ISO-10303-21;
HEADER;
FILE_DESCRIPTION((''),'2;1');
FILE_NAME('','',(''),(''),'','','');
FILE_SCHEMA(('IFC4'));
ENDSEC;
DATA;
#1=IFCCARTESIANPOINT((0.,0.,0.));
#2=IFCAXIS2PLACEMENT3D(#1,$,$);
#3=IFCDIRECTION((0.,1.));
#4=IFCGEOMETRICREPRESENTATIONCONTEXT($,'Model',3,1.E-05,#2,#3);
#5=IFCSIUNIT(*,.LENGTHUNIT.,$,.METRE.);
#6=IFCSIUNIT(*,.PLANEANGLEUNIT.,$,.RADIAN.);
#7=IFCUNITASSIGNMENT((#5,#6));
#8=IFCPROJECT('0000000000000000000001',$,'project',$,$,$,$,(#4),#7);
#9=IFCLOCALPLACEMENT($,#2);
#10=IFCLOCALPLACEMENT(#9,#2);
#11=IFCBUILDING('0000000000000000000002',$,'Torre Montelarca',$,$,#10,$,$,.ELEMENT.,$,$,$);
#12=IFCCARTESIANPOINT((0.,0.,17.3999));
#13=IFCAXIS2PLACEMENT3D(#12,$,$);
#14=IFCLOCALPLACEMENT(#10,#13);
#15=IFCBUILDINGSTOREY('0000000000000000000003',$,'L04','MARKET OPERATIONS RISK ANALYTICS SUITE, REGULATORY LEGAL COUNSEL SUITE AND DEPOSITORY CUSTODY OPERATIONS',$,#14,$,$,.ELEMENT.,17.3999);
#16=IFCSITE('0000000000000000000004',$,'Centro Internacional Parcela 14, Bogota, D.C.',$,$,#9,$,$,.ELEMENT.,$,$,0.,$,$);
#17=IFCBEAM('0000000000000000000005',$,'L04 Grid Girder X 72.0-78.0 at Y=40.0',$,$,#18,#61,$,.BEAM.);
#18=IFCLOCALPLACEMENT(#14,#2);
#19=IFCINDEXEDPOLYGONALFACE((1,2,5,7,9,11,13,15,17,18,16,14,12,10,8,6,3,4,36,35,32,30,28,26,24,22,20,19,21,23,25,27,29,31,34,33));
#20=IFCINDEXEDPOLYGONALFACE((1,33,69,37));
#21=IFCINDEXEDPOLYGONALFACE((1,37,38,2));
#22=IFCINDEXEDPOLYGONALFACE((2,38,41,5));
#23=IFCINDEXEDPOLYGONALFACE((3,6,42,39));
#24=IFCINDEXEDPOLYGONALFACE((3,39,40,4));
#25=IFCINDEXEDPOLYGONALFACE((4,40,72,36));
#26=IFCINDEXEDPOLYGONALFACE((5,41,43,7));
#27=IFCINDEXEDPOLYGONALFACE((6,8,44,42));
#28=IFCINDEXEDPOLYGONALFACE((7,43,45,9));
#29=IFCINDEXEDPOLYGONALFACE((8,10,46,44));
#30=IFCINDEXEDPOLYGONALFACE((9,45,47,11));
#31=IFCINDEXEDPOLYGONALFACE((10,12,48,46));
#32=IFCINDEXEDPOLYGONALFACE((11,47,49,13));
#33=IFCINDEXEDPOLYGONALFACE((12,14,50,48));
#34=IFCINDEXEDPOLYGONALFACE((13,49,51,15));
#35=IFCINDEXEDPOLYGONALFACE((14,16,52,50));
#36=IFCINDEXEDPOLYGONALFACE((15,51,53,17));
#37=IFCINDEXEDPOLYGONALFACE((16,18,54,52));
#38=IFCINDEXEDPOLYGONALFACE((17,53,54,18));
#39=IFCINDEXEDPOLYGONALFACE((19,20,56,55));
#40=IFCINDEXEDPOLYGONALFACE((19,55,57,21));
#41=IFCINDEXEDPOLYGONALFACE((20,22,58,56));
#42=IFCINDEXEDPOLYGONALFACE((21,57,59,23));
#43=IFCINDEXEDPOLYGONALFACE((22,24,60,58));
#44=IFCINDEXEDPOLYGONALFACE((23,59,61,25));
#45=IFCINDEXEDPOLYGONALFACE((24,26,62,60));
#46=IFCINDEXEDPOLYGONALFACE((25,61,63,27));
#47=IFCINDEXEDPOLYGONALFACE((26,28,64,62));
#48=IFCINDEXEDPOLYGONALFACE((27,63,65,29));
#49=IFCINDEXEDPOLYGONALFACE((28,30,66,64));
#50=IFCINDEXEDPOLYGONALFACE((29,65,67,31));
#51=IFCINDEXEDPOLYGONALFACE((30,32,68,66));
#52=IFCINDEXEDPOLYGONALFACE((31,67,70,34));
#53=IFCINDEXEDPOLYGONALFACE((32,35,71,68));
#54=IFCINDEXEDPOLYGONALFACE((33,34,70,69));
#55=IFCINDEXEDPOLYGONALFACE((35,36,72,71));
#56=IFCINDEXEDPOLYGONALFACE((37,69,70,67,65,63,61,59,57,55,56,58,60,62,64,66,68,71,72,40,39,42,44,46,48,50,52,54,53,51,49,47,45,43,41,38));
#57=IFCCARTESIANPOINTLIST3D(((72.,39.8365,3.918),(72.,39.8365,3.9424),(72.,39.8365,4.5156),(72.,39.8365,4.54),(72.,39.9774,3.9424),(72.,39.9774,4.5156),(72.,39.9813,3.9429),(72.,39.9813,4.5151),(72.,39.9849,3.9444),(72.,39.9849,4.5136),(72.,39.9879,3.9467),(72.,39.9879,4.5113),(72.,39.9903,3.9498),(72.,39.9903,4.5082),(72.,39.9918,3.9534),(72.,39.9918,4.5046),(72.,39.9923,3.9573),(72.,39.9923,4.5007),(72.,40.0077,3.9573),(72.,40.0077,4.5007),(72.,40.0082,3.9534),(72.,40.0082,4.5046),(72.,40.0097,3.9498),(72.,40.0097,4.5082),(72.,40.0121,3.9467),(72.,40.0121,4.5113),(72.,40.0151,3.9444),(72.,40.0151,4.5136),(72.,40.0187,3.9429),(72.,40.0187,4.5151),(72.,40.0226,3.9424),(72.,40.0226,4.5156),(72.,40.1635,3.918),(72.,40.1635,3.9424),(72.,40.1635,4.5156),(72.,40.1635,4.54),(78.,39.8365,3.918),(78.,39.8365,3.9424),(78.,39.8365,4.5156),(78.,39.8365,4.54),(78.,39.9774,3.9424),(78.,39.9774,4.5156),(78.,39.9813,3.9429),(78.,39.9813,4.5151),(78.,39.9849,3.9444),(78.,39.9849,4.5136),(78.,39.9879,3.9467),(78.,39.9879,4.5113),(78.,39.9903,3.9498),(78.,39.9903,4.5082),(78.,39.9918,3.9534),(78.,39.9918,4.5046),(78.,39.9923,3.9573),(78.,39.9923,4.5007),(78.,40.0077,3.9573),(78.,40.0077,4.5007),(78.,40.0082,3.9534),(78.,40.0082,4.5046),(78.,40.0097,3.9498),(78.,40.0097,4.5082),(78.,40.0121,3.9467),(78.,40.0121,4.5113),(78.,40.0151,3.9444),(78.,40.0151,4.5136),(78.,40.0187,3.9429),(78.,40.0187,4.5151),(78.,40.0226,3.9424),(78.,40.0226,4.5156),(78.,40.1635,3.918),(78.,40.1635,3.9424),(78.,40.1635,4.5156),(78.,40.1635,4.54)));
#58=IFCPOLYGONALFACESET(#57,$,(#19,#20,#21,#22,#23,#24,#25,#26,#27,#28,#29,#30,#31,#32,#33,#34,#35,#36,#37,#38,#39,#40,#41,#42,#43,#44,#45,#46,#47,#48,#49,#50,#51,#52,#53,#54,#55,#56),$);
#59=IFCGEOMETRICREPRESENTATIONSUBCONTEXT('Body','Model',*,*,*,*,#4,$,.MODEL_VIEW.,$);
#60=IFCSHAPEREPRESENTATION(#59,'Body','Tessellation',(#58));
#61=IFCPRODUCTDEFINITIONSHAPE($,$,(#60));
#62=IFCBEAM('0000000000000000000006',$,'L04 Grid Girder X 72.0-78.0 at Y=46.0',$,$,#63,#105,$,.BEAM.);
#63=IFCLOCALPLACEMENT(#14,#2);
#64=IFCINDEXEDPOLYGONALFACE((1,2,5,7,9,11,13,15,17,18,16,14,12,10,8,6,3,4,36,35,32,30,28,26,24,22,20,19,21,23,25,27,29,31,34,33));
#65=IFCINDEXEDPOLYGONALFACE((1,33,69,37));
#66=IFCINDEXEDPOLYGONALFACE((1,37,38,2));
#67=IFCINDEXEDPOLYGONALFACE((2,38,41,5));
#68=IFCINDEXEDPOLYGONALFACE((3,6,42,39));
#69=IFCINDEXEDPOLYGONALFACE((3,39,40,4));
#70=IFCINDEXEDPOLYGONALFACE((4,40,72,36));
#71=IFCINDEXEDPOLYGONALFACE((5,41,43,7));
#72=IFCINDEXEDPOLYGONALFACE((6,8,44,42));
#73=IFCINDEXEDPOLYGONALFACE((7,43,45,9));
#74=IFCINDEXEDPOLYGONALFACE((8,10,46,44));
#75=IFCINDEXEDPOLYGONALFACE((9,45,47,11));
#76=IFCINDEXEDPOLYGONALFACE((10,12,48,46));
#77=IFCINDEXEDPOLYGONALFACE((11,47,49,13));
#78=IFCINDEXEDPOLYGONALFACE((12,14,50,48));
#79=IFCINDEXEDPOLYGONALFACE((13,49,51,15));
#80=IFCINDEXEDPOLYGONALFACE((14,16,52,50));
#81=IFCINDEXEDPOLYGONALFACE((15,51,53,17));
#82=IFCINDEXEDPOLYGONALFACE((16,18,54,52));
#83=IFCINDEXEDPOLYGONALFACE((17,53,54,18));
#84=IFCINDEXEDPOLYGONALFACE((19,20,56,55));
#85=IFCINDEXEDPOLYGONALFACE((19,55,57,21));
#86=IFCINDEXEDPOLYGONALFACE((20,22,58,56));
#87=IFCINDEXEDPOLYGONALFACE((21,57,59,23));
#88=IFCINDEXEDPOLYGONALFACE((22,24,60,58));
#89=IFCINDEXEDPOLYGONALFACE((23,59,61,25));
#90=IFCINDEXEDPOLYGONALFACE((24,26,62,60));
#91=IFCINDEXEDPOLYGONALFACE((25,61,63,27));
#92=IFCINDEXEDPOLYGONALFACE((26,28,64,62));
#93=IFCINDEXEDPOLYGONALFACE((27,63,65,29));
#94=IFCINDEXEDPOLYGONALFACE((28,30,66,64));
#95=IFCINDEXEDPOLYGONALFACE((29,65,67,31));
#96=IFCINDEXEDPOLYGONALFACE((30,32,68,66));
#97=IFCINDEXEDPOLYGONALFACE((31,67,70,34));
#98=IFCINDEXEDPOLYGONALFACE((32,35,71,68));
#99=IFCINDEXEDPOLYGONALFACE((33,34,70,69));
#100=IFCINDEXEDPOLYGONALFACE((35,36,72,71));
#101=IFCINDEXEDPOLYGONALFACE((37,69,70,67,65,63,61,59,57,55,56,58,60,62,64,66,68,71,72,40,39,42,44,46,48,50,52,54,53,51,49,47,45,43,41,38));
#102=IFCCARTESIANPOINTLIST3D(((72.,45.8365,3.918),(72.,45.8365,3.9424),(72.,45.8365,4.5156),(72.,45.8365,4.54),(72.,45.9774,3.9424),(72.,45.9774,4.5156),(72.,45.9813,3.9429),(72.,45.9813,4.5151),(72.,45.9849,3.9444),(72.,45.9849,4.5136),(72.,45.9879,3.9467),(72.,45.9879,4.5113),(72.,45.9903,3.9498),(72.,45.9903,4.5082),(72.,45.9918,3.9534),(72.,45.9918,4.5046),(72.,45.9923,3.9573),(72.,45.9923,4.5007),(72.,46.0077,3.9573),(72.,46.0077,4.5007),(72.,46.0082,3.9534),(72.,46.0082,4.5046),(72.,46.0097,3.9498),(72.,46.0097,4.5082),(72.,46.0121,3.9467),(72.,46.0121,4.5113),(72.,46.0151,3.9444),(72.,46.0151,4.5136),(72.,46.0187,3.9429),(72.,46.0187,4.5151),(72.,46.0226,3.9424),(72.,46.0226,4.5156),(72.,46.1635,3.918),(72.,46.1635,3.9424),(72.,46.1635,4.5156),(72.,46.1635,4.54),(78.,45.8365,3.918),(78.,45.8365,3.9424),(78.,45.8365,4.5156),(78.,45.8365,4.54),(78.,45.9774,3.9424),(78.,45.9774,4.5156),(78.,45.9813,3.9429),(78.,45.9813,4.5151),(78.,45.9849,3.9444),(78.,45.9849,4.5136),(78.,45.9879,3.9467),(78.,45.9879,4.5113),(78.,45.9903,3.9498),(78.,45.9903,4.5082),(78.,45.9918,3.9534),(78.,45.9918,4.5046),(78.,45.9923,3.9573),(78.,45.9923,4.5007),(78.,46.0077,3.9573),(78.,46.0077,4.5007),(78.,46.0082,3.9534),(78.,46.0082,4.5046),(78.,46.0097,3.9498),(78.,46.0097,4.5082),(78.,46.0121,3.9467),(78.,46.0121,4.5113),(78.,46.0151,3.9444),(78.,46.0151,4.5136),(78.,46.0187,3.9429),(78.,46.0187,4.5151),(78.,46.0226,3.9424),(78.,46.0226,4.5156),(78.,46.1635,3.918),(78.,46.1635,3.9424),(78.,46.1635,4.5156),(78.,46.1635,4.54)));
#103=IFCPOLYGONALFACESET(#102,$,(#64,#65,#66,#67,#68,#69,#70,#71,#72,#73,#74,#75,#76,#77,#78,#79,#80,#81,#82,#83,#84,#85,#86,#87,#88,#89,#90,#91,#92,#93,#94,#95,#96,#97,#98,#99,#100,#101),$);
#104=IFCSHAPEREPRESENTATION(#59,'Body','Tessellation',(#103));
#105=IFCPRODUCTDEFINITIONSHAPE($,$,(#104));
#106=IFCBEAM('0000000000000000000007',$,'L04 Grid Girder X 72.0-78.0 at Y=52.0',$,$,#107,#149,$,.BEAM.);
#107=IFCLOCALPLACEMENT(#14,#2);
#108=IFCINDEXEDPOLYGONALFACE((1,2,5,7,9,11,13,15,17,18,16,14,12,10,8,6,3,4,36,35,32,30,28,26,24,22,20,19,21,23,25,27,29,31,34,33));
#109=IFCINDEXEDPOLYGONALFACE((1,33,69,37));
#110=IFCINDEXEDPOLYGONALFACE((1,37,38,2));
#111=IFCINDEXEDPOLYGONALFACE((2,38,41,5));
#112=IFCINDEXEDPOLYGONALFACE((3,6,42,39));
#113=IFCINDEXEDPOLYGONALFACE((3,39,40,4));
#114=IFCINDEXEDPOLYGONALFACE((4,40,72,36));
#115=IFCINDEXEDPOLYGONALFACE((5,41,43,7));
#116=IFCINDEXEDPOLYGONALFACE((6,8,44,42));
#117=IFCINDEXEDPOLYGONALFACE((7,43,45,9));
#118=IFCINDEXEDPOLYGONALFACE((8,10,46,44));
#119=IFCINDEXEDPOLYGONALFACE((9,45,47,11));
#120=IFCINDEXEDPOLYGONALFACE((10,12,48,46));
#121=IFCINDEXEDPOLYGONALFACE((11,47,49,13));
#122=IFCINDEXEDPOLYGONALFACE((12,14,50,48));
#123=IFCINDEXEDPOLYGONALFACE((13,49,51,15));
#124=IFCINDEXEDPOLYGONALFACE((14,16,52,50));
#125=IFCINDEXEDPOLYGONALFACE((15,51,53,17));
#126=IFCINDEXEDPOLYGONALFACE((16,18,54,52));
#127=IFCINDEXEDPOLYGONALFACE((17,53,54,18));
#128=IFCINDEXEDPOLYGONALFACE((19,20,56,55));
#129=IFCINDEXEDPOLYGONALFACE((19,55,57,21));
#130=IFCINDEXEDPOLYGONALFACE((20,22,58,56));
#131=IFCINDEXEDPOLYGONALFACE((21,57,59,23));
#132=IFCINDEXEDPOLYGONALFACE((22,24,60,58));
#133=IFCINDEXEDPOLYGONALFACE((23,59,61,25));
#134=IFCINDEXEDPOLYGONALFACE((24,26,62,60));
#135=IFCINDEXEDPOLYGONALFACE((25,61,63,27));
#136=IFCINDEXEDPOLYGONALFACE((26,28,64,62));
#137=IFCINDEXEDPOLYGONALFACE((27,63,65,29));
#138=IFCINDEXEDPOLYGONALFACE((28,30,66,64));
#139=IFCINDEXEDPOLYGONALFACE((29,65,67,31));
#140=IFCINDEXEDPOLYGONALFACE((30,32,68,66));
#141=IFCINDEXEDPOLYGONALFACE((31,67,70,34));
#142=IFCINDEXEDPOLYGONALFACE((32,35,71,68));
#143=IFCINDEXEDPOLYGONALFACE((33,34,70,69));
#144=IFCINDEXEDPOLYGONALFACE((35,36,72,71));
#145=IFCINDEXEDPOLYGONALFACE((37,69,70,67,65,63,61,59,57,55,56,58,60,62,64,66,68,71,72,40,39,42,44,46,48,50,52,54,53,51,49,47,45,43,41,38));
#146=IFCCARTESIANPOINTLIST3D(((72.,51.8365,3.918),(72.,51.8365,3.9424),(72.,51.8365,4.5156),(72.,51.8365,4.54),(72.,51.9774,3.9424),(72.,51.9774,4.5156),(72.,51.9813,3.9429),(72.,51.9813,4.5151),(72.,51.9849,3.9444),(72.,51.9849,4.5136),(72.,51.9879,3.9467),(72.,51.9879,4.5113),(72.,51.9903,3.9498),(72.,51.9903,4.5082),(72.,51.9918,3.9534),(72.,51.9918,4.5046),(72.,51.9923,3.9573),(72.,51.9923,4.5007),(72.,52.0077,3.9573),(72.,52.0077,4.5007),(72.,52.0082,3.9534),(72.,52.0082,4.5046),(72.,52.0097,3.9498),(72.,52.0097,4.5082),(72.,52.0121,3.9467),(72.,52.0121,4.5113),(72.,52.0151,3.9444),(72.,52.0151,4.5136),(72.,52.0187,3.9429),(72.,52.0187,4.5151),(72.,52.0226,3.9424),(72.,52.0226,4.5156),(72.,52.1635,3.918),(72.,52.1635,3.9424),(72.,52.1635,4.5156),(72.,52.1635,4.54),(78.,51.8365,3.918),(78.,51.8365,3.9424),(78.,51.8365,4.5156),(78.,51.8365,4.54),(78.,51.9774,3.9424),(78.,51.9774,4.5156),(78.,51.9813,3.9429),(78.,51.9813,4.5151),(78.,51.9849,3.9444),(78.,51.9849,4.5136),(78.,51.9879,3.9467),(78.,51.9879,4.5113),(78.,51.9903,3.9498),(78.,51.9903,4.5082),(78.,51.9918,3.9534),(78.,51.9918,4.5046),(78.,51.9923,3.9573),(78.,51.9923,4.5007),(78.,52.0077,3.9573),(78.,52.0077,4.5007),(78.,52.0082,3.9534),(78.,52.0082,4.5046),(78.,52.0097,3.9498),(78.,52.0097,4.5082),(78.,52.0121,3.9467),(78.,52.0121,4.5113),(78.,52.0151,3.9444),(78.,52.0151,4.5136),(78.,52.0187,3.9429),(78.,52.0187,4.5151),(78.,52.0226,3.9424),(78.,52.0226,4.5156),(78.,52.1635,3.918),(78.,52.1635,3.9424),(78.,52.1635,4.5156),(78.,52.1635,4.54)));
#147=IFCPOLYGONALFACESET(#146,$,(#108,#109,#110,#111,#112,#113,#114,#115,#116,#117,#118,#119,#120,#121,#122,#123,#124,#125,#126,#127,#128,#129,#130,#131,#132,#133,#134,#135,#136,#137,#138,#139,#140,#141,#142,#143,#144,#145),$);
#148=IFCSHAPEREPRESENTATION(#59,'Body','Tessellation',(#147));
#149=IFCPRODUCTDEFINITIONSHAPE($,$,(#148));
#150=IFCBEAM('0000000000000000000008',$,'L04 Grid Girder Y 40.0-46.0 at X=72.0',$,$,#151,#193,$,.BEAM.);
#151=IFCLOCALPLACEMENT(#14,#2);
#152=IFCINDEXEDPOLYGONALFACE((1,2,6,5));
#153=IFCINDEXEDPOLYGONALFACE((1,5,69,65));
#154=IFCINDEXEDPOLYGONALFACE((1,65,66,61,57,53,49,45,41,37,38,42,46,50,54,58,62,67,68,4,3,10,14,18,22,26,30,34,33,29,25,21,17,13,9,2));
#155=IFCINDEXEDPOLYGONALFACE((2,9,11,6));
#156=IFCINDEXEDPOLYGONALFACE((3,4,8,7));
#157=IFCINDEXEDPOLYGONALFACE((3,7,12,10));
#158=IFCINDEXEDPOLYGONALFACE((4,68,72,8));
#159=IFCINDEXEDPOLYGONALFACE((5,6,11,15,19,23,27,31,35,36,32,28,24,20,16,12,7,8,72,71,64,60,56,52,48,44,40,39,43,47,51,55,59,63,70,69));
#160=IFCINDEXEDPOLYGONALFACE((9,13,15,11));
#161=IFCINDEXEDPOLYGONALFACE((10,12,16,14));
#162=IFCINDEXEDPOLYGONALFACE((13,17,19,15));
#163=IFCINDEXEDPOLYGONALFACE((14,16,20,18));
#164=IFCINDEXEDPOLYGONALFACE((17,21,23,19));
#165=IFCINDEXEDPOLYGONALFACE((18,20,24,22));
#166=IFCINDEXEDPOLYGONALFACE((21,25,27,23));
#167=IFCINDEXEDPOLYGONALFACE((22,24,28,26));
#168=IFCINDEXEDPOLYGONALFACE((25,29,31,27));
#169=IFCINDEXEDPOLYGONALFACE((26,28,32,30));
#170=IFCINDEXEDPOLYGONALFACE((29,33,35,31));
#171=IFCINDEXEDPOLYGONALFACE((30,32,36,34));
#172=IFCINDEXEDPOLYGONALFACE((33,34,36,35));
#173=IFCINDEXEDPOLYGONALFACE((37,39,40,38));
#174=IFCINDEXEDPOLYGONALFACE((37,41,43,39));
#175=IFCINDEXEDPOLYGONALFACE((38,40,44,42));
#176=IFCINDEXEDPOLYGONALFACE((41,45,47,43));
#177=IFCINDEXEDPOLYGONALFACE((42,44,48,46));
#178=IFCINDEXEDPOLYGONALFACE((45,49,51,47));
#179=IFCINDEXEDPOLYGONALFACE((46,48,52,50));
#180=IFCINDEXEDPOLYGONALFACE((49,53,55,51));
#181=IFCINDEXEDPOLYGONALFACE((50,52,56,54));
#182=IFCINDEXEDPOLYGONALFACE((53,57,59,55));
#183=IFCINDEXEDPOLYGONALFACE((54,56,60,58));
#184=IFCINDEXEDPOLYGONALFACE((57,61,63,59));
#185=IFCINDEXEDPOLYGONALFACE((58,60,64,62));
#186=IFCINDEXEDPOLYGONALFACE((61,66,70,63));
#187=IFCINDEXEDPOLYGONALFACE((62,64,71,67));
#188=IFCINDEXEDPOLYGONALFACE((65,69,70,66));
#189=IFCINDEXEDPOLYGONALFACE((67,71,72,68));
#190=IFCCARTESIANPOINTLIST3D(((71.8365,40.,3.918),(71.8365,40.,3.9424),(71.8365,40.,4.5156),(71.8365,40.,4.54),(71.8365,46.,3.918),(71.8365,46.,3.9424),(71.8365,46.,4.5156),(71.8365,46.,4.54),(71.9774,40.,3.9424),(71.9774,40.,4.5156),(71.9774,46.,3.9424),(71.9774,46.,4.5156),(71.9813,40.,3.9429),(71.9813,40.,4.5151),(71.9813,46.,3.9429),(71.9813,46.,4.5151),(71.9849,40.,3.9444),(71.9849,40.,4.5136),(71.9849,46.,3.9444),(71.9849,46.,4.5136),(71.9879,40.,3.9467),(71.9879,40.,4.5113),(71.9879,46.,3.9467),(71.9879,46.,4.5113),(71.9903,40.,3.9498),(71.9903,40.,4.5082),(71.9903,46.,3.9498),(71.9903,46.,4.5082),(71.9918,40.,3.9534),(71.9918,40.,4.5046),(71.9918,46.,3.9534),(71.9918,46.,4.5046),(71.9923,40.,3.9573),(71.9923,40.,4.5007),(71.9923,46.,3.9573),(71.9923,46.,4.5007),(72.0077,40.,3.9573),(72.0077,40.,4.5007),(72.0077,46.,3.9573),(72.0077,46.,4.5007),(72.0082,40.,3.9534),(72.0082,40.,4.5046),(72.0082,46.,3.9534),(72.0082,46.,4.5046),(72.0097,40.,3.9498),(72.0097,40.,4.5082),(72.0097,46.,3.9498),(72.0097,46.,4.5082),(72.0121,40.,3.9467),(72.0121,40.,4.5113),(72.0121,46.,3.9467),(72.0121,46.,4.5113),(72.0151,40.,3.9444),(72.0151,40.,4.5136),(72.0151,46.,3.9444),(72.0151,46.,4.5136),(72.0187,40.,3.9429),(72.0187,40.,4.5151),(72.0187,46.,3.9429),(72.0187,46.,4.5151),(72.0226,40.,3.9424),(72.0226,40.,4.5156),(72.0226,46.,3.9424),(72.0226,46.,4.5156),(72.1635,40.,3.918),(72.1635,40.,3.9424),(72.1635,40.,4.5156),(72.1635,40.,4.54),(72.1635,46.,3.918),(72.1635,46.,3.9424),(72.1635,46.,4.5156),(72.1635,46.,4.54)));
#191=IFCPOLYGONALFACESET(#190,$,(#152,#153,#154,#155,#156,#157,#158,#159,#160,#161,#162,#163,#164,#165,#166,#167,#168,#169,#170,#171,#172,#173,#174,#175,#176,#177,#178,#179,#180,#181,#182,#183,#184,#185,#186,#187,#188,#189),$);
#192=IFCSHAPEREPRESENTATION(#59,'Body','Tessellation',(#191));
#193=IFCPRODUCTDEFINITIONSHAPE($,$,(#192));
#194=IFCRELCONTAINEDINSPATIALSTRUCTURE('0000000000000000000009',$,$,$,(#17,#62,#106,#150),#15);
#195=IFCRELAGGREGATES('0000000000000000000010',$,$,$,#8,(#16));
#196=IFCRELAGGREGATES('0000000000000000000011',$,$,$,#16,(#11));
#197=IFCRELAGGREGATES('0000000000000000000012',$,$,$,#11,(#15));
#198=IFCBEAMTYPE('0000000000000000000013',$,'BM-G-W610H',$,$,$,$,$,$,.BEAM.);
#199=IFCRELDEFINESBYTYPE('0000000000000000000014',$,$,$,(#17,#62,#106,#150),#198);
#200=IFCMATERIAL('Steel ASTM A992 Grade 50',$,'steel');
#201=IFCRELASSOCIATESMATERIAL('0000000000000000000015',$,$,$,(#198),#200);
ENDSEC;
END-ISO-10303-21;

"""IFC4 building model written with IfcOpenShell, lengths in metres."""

from ifc_helpers import new_model, si_unit, direction, frame, origin, origin_2d, place, context, subcontext, project, spatial, i_section, extrude, source, transform, mapped, material, material_profile, profile_set, type_object, element, save


model = new_model("IFC4")

# Units and contexts
model_context = context("Model", 3, precision=1e-05, world=origin(), true_north=direction((0.0, 1.0)))
body_context = subcontext(model_context, "Body", "Model", "MODEL_VIEW")
ifc_project = project(units=[si_unit("LENGTHUNIT", "METRE"), si_unit("PLANEANGLEUNIT", "RADIAN")], contexts=[model_context])

# Site, building, storey
site_placement = place(None, origin())
site = spatial("IfcSite", under=ifc_project, at=site_placement, Name="Centro Internacional Parcela 14, Bogota, D.C.", CompositionType="ELEMENT", RefElevation=0.0)
building_placement = place(site_placement, origin())
building = spatial("IfcBuilding", under=site, at=building_placement, Name="Torre Montelarca", CompositionType="ELEMENT")
storey_placement = place(building_placement, frame((0.0, 0.0, 17.3999)))
storey = spatial("IfcBuildingStorey", under=building, at=storey_placement, Name="L04", Description="MARKET OPERATIONS RISK ANALYTICS SUITE, REGULATORY LEGAL COUNSEL SUITE AND DEPOSITORY CUSTODY OPERATIONS", CompositionType="ELEMENT", Elevation=17.3999)

# Shared definitions
ifc_material_1 = material(Name="Steel ASTM A992 Grade 50", Category="steel")

# Beams
ifc_material_profile_1 = material_profile(ifc_material_1, i_section(OverallWidth=0.3269, OverallDepth=0.6221, WebThickness=0.0154, FlangeThickness=0.0244, FilletRadius=0.0149, at=origin_2d()), Name="W610X195", Category="steel")
ifc_profile_set_1 = profile_set([ifc_material_profile_1], Name="Steel ASTM A992 Grade 50")
beam_type_1 = type_object("IfcBeamType", Name="BM-G-W610H", PredefinedType="BEAM", material=ifc_profile_set_1)
shared_shape_1 = source(origin(), body_context, "Body", "SweptSolid", [
    extrude(i_section(OverallWidth=0.3269, OverallDepth=0.6221, WebThickness=0.0154, FlangeThickness=0.0244, FilletRadius=0.0149, at=origin_2d()), origin(), (0.0, 0.0, 1.0), 6.0),
])
for number, where, z_axis, x_axis, name in (
    (1, (72.0, 40.0, 4.229), (1.0, 0.0, 0.0), (0.0, 1.0, 0.0), "L04 Grid Girder X 72.0-78.0 at Y=40.0"),
    (2, (72.0, 46.0, 4.229), (1.0, 0.0, 0.0), (0.0, 1.0, 0.0), "L04 Grid Girder X 72.0-78.0 at Y=46.0"),
    (3, (72.0, 52.0, 4.229), (1.0, 0.0, 0.0), (0.0, 1.0, 0.0), "L04 Grid Girder X 72.0-78.0 at Y=52.0"),
    (4, (72.0, 40.0, 4.229), (0.0, 1.0, 0.0), (-1.0, 0.0, 0.0), "L04 Grid Girder Y 40.0-46.0 at X=72.0"),
):
    element("IfcBeam", number, at=place(storey_placement, frame(where, z_axis=z_axis, x_axis=x_axis)), inside=storey, type_object=beam_type_1, Name=name, PredefinedType="BEAM", context=body_context, shape_type="MappedRepresentation", body=[
        mapped(shared_shape_1, transform((0.0, 0.0, 0.0), scale=1.0)),
    ])

save(model, "model.ifc")
